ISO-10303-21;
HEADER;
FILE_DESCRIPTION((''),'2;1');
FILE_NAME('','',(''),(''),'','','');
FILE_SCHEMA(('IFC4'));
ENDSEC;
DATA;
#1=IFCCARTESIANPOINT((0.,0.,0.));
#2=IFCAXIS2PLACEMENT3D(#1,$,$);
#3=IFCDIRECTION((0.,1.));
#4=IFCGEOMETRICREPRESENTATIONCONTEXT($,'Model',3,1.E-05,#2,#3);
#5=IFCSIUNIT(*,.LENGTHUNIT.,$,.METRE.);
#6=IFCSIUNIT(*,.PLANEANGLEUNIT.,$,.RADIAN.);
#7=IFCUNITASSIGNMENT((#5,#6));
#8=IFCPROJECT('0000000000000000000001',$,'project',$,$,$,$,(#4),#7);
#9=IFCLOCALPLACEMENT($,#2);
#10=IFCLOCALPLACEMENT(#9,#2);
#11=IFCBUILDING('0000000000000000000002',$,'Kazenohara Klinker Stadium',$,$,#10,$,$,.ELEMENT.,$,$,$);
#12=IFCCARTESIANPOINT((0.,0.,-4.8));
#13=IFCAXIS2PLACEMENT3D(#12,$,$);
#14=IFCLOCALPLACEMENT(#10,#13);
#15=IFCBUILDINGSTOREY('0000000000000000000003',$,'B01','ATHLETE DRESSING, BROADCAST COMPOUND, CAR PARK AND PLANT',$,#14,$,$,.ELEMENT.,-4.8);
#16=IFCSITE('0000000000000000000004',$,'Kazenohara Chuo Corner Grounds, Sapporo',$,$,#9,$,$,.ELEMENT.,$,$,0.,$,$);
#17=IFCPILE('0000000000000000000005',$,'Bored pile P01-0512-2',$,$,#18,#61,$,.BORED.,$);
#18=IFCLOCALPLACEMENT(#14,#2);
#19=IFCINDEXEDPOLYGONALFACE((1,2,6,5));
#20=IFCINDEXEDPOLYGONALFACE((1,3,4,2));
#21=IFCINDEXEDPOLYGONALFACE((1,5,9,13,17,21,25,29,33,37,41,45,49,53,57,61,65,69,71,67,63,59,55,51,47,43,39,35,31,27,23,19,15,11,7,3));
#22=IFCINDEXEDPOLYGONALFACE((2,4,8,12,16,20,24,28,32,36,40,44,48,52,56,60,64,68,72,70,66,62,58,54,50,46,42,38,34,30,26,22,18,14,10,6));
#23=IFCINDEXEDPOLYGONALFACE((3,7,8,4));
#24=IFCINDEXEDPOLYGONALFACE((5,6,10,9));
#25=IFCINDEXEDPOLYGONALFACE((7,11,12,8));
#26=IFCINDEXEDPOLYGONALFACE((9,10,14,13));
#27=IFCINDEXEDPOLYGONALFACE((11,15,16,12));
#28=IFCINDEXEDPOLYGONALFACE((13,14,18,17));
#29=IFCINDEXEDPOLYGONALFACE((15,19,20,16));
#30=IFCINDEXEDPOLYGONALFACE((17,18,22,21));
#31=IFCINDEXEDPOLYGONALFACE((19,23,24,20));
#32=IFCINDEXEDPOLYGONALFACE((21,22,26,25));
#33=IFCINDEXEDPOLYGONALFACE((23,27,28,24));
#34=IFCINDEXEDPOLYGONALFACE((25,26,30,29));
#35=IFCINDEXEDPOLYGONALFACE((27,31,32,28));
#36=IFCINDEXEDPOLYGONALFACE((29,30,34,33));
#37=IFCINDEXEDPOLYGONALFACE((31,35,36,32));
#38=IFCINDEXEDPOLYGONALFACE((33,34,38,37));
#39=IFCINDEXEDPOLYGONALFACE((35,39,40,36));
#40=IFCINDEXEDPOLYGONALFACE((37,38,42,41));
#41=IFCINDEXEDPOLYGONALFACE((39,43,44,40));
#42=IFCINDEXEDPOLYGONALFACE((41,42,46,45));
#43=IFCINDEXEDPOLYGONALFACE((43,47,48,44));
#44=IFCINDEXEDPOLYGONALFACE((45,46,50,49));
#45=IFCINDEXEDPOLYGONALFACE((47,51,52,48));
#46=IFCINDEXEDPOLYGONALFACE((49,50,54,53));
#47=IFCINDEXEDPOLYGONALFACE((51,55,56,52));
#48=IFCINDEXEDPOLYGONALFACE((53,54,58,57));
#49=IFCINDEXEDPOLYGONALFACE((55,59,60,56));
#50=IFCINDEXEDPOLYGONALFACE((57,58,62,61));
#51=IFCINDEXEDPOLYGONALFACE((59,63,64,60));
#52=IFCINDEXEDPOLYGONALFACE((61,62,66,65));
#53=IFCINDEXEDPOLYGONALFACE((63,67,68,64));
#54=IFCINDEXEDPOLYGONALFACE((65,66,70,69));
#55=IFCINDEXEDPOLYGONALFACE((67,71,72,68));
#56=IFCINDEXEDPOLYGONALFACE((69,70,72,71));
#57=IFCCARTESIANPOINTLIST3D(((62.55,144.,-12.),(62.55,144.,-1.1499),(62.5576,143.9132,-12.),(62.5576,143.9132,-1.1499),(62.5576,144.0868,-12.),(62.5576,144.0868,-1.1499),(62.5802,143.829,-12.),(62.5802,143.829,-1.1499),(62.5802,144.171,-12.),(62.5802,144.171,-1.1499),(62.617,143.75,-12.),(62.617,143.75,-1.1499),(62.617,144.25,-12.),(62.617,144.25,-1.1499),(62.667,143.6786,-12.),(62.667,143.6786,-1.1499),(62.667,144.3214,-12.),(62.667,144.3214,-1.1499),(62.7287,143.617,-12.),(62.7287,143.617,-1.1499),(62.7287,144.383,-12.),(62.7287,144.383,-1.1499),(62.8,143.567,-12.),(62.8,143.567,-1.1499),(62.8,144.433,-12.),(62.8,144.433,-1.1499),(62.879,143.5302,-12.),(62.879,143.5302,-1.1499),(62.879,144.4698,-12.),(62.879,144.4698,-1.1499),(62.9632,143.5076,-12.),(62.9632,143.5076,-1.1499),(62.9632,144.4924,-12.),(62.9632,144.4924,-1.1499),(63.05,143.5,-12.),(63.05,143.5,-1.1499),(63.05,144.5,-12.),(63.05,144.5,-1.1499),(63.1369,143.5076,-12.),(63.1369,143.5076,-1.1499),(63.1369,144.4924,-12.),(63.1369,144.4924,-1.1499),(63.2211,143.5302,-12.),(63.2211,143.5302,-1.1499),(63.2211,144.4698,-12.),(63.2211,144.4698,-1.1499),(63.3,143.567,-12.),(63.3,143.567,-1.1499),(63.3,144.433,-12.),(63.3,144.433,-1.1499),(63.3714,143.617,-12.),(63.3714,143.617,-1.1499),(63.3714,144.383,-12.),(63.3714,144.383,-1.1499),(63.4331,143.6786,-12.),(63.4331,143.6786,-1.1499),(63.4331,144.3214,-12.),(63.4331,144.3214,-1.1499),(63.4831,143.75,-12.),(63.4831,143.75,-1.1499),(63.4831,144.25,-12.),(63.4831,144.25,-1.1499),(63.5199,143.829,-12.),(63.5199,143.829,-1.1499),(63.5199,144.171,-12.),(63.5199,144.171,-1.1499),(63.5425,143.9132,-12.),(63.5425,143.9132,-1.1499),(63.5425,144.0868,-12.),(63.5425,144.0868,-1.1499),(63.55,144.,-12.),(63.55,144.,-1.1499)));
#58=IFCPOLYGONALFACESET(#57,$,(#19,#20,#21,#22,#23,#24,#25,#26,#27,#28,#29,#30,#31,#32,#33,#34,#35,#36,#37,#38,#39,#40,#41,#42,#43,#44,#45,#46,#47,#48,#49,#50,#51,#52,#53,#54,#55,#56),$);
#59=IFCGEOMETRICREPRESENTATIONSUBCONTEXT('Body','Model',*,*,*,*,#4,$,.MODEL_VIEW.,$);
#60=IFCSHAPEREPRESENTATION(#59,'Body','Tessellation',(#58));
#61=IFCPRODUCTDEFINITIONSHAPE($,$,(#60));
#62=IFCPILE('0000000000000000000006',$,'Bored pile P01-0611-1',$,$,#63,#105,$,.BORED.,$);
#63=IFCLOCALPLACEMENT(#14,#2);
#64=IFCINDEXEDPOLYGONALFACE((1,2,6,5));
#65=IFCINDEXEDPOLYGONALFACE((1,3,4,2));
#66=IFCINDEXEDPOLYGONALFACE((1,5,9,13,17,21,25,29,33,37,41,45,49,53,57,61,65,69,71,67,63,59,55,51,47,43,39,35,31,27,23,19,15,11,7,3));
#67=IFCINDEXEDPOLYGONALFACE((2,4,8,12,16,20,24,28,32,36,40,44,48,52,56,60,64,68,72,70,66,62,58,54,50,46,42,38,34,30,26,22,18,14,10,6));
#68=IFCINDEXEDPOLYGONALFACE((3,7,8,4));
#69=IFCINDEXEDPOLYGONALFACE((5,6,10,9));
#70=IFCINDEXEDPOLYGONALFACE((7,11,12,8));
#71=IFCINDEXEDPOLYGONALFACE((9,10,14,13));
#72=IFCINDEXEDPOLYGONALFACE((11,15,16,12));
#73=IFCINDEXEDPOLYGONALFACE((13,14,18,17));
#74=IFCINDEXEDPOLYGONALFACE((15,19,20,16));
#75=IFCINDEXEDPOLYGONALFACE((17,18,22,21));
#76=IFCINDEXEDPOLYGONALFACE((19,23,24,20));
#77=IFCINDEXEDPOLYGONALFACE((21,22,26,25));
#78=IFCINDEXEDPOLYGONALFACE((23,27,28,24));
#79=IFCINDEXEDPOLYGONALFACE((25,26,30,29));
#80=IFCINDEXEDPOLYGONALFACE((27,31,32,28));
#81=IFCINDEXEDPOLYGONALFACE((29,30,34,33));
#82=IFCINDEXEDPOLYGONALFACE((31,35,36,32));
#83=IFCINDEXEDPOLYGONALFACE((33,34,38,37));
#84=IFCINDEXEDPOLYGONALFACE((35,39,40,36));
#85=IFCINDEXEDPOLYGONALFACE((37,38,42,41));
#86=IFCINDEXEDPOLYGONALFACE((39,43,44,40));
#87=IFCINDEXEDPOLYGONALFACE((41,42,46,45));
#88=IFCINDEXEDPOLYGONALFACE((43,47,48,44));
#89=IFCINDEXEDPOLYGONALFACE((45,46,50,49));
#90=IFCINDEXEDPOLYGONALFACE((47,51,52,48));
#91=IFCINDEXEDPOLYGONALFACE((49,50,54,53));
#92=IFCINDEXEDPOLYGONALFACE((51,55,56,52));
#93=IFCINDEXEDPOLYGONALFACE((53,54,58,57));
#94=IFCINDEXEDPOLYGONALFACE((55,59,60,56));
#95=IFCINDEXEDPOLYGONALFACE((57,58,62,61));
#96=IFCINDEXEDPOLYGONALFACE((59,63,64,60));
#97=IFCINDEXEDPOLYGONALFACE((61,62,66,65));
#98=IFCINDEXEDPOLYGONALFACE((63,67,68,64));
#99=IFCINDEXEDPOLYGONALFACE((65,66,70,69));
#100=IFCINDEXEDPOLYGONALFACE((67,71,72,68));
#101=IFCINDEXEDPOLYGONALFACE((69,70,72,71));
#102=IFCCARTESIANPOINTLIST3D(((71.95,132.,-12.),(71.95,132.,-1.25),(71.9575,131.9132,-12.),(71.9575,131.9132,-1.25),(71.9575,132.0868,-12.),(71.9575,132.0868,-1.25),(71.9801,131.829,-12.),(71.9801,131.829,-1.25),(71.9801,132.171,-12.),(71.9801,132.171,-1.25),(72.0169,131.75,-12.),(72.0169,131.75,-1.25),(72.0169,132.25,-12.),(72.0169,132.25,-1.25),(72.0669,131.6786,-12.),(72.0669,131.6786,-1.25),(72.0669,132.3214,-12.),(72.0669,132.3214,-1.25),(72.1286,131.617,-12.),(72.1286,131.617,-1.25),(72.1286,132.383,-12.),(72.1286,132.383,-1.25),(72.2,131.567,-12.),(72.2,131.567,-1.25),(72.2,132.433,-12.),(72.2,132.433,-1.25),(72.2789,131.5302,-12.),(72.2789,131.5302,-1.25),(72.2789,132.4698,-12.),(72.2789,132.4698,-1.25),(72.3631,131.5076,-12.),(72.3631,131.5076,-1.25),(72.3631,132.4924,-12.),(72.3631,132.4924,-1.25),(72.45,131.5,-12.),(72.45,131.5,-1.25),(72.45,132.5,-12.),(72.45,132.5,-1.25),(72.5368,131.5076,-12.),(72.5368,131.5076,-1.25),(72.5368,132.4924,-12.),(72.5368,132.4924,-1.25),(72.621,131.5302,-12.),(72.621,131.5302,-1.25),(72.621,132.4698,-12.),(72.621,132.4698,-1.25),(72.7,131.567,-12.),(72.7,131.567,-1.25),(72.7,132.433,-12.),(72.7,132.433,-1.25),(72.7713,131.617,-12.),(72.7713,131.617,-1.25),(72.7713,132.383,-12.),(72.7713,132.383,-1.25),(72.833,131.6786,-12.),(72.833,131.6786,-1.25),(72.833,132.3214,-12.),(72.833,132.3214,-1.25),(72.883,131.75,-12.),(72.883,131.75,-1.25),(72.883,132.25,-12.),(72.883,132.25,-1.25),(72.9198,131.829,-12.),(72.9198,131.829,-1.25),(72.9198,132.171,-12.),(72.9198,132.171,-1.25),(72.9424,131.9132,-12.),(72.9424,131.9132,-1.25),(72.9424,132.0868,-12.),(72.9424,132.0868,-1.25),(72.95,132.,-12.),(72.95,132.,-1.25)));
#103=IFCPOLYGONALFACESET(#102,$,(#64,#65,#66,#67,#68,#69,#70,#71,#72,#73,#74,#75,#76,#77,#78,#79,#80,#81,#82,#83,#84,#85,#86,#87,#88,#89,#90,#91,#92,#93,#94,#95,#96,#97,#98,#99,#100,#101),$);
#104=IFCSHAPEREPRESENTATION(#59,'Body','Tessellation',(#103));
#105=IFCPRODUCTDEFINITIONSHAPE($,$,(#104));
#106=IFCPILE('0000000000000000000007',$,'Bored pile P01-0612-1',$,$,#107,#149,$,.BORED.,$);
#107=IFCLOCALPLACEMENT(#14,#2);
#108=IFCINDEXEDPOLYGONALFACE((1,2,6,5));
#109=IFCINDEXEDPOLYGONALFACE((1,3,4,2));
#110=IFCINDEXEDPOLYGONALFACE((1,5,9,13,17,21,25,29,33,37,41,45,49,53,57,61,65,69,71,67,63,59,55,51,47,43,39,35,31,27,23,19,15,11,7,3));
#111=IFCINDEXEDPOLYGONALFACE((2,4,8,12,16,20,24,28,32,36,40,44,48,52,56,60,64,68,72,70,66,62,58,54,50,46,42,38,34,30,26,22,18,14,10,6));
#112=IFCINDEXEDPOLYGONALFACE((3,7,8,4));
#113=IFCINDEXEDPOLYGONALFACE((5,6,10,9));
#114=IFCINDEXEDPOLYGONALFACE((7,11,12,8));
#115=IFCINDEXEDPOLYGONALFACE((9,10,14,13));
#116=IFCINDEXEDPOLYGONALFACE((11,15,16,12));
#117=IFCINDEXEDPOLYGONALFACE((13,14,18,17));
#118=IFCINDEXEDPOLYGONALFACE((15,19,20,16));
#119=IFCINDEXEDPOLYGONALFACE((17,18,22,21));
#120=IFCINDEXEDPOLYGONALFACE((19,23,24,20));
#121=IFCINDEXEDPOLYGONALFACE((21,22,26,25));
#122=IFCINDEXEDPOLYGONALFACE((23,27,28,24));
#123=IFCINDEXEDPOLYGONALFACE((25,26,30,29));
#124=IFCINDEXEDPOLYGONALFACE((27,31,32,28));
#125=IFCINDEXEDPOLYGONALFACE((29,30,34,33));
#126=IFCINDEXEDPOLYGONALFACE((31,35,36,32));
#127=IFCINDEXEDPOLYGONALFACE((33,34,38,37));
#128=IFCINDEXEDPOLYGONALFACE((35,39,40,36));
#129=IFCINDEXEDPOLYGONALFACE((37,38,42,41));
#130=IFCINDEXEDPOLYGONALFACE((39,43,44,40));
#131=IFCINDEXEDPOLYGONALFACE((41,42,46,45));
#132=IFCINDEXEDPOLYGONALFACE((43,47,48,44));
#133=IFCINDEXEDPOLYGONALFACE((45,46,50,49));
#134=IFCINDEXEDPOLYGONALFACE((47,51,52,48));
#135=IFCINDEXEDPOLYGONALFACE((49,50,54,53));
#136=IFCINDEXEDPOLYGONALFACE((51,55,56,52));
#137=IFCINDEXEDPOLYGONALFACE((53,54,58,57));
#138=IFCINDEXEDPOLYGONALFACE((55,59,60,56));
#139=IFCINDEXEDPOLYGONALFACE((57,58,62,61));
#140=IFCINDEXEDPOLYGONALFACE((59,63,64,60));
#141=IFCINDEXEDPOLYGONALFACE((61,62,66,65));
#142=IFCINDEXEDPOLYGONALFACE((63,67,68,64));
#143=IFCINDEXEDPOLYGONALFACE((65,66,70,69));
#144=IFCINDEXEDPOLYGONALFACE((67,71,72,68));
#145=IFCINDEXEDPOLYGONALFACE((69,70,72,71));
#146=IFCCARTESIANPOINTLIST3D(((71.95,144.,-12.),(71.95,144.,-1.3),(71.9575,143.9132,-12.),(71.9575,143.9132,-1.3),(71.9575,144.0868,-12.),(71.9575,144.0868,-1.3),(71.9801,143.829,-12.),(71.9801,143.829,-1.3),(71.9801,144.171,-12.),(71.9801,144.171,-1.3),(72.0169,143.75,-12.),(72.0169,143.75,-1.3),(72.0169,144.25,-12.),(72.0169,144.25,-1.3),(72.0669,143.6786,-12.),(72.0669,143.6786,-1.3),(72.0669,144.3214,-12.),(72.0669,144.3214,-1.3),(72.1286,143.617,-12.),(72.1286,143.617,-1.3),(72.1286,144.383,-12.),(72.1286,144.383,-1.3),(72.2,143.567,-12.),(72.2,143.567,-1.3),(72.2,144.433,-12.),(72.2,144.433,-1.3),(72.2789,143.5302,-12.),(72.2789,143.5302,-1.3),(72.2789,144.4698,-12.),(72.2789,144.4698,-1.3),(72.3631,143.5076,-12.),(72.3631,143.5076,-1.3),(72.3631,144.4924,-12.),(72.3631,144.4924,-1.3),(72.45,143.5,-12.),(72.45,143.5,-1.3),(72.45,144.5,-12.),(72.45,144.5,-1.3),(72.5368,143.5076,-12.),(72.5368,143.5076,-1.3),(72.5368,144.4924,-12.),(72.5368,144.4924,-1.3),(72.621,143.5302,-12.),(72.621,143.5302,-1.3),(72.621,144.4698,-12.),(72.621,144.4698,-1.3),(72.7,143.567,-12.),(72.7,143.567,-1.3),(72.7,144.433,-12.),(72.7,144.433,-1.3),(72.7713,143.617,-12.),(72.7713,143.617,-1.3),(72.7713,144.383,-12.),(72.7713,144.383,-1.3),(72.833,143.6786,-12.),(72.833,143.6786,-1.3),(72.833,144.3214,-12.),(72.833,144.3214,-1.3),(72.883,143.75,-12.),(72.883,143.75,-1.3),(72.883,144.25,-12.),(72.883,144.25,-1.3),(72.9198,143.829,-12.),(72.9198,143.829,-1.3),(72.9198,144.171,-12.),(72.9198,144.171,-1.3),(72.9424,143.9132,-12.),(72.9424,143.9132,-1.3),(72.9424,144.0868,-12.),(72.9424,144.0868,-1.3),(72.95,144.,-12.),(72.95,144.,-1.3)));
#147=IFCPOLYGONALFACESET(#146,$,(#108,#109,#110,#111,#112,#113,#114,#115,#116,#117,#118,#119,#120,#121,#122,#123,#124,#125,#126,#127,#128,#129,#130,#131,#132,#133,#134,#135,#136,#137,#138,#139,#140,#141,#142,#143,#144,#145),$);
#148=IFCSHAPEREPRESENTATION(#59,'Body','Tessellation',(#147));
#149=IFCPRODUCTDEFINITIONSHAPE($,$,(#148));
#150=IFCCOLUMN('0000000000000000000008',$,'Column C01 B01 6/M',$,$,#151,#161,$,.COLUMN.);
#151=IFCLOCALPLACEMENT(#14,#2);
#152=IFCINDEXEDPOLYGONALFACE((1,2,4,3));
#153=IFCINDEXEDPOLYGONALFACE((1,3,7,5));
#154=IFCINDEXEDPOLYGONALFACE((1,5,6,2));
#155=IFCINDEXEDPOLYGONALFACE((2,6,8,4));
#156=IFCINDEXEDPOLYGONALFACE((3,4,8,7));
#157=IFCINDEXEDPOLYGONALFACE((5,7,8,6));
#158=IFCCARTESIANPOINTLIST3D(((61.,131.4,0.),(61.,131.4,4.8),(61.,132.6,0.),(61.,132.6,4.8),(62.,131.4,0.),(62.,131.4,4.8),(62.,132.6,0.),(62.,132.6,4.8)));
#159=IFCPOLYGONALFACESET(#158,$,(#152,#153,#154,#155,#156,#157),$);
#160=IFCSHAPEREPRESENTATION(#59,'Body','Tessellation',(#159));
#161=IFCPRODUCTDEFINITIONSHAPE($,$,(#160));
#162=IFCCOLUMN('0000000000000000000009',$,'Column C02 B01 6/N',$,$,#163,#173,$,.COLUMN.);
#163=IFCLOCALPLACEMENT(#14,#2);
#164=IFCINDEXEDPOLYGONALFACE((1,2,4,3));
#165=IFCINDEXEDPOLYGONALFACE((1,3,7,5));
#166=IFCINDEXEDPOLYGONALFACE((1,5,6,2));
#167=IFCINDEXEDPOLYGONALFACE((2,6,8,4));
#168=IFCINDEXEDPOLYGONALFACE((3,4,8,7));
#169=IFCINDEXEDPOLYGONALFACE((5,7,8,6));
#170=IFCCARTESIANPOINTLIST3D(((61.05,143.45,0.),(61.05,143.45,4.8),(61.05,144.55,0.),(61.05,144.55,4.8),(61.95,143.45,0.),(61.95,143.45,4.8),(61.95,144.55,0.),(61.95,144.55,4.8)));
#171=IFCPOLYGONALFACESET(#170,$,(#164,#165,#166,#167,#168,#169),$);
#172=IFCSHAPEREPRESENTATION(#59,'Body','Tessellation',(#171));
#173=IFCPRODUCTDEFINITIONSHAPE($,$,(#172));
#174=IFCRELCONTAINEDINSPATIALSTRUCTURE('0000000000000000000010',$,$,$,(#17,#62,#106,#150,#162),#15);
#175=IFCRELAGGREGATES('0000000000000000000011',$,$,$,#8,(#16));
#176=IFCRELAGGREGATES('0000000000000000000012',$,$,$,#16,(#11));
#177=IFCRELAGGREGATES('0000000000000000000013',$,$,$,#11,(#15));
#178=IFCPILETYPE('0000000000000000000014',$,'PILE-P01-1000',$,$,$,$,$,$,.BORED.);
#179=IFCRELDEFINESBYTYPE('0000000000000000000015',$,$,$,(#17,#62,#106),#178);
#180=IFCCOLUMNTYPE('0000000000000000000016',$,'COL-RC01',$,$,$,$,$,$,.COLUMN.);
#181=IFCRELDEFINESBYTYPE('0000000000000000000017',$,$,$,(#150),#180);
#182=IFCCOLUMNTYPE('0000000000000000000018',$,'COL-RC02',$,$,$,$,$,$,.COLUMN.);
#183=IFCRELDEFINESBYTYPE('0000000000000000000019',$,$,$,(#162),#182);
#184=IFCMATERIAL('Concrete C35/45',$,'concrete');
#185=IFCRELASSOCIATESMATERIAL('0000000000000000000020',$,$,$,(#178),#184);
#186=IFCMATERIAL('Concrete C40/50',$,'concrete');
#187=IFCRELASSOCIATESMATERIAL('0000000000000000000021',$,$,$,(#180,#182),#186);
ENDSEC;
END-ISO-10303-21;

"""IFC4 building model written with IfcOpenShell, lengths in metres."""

from ifc_helpers import new_model, si_unit, direction, frame, origin, origin_2d, place, context, subcontext, project, spatial, rectangle, circle, extrude, material, material_profile, profile_set, type_object, element, save


model = new_model("IFC4")

# Units and contexts
model_context = context("Model", 3, precision=1e-05, world=origin(), true_north=direction((0.0, 1.0)))
body_context = subcontext(model_context, "Body", "Model", "MODEL_VIEW")
ifc_project = project(units=[si_unit("LENGTHUNIT", "METRE"), si_unit("PLANEANGLEUNIT", "RADIAN")], contexts=[model_context])

# Site, building, storey
site_placement = place(None, origin())
site = spatial("IfcSite", under=ifc_project, at=site_placement, Name="Kazenohara Chuo Corner Grounds, Sapporo", CompositionType="ELEMENT", RefElevation=0.0)
building_placement = place(site_placement, origin())
building = spatial("IfcBuilding", under=site, at=building_placement, Name="Kazenohara Klinker Stadium", CompositionType="ELEMENT")
storey_placement = place(building_placement, frame((0.0, 0.0, -4.8)))
storey = spatial("IfcBuildingStorey", under=building, at=storey_placement, Name="B01", Description="ATHLETE DRESSING, BROADCAST COMPOUND, CAR PARK AND PLANT", CompositionType="ELEMENT", Elevation=-4.8)

# Shared definitions
ifc_material_1 = material(Name="Concrete C35/45", Category="concrete")

# Piles
ifc_material_profile_1 = material_profile(ifc_material_1, circle(Radius=0.5, at=origin_2d()), Name="BORED-PILE-1000")
ifc_profile_set_1 = profile_set([ifc_material_profile_1], Name="Concrete C35/45")
pile_type = type_object("IfcPileType", Name="PILE-P01-1000", PredefinedType="BORED", material=ifc_profile_set_1)
for number, where, z_axis, x_axis, name in (
    (1, (63.05, 144.0, -1.1499), (0.0, 0.0, -1.0), (1.0, 0.0, 0.0), "Bored pile P01-0512-2"),
):
    element("IfcPile", number, at=place(storey_placement, frame(where, z_axis=z_axis, x_axis=x_axis)), inside=storey, type_object=pile_type, Name=name, PredefinedType="BORED", context=body_context, shape_type="SweptSolid", body=[
        extrude(circle(Radius=0.5, at=origin_2d()), origin(), (0.0, 0.0, 1.0), 10.8501),
    ])
pile_1_placement = place(storey_placement, frame((72.45, 132.0, -1.25), z_axis=(0.0, 0.0, -1.0), x_axis=(1.0, 0.0, 0.0)))
element("IfcPile", 2, at=pile_1_placement, inside=storey, type_object=pile_type, Name="Bored pile P01-0611-1", PredefinedType="BORED", context=body_context, shape_type="SweptSolid", body=[
    extrude(circle(Radius=0.5, at=origin_2d()), origin(), (0.0, 0.0, 1.0), 10.75),
])
pile_2_placement = place(storey_placement, frame((72.45, 144.0, -1.3), z_axis=(0.0, 0.0, -1.0), x_axis=(1.0, 0.0, 0.0)))
element("IfcPile", 3, at=pile_2_placement, inside=storey, type_object=pile_type, Name="Bored pile P01-0612-1", PredefinedType="BORED", context=body_context, shape_type="SweptSolid", body=[
    extrude(circle(Radius=0.5, at=origin_2d()), origin(), (0.0, 0.0, 1.0), 10.7),
])

# Columns
ifc_material_2 = material(Name="Concrete C40/50", Category="concrete")
ifc_material_profile_2 = material_profile(ifc_material_2, rectangle(XDim=1.0, YDim=1.2, at=origin_2d()), Name="RC-COL-1200x1000")
ifc_profile_set_2 = profile_set([ifc_material_profile_2], Name="Concrete C40/50")
column_type_1 = type_object("IfcColumnType", Name="COL-RC01", PredefinedType="COLUMN", material=ifc_profile_set_2)
column_1_placement = place(storey_placement, frame((61.5, 132.0, 0.0), z_axis=(0.0, 0.0, 1.0), x_axis=(1.0, 0.0, 0.0)))
element("IfcColumn", 4, at=column_1_placement, inside=storey, type_object=column_type_1, Name="Column C01 B01 6/M", PredefinedType="COLUMN", context=body_context, shape_type="SweptSolid", body=[
    extrude(rectangle(XDim=1.0, YDim=1.2, at=origin_2d()), origin(), (0.0, 0.0, 1.0), 4.8),
])
ifc_material_profile_3 = material_profile(ifc_material_2, rectangle(XDim=0.8999, YDim=1.1001, at=origin_2d()), Name="RC-COL-1100x900")
ifc_profile_set_3 = profile_set([ifc_material_profile_3], Name="Concrete C40/50")
column_type_2 = type_object("IfcColumnType", Name="COL-RC02", PredefinedType="COLUMN", material=ifc_profile_set_3)
column_2_placement = place(storey_placement, frame((61.5, 144.0, 0.0), z_axis=(0.0, 0.0, 1.0), x_axis=(1.0, 0.0, 0.0)))
element("IfcColumn", 5, at=column_2_placement, inside=storey, type_object=column_type_2, Name="Column C02 B01 6/N", PredefinedType="COLUMN", context=body_context, shape_type="SweptSolid", body=[
    extrude(rectangle(XDim=0.8999, YDim=1.1001, at=origin_2d()), origin(), (0.0, 0.0, 1.0), 4.8),
])

save(model, "model.ifc")
